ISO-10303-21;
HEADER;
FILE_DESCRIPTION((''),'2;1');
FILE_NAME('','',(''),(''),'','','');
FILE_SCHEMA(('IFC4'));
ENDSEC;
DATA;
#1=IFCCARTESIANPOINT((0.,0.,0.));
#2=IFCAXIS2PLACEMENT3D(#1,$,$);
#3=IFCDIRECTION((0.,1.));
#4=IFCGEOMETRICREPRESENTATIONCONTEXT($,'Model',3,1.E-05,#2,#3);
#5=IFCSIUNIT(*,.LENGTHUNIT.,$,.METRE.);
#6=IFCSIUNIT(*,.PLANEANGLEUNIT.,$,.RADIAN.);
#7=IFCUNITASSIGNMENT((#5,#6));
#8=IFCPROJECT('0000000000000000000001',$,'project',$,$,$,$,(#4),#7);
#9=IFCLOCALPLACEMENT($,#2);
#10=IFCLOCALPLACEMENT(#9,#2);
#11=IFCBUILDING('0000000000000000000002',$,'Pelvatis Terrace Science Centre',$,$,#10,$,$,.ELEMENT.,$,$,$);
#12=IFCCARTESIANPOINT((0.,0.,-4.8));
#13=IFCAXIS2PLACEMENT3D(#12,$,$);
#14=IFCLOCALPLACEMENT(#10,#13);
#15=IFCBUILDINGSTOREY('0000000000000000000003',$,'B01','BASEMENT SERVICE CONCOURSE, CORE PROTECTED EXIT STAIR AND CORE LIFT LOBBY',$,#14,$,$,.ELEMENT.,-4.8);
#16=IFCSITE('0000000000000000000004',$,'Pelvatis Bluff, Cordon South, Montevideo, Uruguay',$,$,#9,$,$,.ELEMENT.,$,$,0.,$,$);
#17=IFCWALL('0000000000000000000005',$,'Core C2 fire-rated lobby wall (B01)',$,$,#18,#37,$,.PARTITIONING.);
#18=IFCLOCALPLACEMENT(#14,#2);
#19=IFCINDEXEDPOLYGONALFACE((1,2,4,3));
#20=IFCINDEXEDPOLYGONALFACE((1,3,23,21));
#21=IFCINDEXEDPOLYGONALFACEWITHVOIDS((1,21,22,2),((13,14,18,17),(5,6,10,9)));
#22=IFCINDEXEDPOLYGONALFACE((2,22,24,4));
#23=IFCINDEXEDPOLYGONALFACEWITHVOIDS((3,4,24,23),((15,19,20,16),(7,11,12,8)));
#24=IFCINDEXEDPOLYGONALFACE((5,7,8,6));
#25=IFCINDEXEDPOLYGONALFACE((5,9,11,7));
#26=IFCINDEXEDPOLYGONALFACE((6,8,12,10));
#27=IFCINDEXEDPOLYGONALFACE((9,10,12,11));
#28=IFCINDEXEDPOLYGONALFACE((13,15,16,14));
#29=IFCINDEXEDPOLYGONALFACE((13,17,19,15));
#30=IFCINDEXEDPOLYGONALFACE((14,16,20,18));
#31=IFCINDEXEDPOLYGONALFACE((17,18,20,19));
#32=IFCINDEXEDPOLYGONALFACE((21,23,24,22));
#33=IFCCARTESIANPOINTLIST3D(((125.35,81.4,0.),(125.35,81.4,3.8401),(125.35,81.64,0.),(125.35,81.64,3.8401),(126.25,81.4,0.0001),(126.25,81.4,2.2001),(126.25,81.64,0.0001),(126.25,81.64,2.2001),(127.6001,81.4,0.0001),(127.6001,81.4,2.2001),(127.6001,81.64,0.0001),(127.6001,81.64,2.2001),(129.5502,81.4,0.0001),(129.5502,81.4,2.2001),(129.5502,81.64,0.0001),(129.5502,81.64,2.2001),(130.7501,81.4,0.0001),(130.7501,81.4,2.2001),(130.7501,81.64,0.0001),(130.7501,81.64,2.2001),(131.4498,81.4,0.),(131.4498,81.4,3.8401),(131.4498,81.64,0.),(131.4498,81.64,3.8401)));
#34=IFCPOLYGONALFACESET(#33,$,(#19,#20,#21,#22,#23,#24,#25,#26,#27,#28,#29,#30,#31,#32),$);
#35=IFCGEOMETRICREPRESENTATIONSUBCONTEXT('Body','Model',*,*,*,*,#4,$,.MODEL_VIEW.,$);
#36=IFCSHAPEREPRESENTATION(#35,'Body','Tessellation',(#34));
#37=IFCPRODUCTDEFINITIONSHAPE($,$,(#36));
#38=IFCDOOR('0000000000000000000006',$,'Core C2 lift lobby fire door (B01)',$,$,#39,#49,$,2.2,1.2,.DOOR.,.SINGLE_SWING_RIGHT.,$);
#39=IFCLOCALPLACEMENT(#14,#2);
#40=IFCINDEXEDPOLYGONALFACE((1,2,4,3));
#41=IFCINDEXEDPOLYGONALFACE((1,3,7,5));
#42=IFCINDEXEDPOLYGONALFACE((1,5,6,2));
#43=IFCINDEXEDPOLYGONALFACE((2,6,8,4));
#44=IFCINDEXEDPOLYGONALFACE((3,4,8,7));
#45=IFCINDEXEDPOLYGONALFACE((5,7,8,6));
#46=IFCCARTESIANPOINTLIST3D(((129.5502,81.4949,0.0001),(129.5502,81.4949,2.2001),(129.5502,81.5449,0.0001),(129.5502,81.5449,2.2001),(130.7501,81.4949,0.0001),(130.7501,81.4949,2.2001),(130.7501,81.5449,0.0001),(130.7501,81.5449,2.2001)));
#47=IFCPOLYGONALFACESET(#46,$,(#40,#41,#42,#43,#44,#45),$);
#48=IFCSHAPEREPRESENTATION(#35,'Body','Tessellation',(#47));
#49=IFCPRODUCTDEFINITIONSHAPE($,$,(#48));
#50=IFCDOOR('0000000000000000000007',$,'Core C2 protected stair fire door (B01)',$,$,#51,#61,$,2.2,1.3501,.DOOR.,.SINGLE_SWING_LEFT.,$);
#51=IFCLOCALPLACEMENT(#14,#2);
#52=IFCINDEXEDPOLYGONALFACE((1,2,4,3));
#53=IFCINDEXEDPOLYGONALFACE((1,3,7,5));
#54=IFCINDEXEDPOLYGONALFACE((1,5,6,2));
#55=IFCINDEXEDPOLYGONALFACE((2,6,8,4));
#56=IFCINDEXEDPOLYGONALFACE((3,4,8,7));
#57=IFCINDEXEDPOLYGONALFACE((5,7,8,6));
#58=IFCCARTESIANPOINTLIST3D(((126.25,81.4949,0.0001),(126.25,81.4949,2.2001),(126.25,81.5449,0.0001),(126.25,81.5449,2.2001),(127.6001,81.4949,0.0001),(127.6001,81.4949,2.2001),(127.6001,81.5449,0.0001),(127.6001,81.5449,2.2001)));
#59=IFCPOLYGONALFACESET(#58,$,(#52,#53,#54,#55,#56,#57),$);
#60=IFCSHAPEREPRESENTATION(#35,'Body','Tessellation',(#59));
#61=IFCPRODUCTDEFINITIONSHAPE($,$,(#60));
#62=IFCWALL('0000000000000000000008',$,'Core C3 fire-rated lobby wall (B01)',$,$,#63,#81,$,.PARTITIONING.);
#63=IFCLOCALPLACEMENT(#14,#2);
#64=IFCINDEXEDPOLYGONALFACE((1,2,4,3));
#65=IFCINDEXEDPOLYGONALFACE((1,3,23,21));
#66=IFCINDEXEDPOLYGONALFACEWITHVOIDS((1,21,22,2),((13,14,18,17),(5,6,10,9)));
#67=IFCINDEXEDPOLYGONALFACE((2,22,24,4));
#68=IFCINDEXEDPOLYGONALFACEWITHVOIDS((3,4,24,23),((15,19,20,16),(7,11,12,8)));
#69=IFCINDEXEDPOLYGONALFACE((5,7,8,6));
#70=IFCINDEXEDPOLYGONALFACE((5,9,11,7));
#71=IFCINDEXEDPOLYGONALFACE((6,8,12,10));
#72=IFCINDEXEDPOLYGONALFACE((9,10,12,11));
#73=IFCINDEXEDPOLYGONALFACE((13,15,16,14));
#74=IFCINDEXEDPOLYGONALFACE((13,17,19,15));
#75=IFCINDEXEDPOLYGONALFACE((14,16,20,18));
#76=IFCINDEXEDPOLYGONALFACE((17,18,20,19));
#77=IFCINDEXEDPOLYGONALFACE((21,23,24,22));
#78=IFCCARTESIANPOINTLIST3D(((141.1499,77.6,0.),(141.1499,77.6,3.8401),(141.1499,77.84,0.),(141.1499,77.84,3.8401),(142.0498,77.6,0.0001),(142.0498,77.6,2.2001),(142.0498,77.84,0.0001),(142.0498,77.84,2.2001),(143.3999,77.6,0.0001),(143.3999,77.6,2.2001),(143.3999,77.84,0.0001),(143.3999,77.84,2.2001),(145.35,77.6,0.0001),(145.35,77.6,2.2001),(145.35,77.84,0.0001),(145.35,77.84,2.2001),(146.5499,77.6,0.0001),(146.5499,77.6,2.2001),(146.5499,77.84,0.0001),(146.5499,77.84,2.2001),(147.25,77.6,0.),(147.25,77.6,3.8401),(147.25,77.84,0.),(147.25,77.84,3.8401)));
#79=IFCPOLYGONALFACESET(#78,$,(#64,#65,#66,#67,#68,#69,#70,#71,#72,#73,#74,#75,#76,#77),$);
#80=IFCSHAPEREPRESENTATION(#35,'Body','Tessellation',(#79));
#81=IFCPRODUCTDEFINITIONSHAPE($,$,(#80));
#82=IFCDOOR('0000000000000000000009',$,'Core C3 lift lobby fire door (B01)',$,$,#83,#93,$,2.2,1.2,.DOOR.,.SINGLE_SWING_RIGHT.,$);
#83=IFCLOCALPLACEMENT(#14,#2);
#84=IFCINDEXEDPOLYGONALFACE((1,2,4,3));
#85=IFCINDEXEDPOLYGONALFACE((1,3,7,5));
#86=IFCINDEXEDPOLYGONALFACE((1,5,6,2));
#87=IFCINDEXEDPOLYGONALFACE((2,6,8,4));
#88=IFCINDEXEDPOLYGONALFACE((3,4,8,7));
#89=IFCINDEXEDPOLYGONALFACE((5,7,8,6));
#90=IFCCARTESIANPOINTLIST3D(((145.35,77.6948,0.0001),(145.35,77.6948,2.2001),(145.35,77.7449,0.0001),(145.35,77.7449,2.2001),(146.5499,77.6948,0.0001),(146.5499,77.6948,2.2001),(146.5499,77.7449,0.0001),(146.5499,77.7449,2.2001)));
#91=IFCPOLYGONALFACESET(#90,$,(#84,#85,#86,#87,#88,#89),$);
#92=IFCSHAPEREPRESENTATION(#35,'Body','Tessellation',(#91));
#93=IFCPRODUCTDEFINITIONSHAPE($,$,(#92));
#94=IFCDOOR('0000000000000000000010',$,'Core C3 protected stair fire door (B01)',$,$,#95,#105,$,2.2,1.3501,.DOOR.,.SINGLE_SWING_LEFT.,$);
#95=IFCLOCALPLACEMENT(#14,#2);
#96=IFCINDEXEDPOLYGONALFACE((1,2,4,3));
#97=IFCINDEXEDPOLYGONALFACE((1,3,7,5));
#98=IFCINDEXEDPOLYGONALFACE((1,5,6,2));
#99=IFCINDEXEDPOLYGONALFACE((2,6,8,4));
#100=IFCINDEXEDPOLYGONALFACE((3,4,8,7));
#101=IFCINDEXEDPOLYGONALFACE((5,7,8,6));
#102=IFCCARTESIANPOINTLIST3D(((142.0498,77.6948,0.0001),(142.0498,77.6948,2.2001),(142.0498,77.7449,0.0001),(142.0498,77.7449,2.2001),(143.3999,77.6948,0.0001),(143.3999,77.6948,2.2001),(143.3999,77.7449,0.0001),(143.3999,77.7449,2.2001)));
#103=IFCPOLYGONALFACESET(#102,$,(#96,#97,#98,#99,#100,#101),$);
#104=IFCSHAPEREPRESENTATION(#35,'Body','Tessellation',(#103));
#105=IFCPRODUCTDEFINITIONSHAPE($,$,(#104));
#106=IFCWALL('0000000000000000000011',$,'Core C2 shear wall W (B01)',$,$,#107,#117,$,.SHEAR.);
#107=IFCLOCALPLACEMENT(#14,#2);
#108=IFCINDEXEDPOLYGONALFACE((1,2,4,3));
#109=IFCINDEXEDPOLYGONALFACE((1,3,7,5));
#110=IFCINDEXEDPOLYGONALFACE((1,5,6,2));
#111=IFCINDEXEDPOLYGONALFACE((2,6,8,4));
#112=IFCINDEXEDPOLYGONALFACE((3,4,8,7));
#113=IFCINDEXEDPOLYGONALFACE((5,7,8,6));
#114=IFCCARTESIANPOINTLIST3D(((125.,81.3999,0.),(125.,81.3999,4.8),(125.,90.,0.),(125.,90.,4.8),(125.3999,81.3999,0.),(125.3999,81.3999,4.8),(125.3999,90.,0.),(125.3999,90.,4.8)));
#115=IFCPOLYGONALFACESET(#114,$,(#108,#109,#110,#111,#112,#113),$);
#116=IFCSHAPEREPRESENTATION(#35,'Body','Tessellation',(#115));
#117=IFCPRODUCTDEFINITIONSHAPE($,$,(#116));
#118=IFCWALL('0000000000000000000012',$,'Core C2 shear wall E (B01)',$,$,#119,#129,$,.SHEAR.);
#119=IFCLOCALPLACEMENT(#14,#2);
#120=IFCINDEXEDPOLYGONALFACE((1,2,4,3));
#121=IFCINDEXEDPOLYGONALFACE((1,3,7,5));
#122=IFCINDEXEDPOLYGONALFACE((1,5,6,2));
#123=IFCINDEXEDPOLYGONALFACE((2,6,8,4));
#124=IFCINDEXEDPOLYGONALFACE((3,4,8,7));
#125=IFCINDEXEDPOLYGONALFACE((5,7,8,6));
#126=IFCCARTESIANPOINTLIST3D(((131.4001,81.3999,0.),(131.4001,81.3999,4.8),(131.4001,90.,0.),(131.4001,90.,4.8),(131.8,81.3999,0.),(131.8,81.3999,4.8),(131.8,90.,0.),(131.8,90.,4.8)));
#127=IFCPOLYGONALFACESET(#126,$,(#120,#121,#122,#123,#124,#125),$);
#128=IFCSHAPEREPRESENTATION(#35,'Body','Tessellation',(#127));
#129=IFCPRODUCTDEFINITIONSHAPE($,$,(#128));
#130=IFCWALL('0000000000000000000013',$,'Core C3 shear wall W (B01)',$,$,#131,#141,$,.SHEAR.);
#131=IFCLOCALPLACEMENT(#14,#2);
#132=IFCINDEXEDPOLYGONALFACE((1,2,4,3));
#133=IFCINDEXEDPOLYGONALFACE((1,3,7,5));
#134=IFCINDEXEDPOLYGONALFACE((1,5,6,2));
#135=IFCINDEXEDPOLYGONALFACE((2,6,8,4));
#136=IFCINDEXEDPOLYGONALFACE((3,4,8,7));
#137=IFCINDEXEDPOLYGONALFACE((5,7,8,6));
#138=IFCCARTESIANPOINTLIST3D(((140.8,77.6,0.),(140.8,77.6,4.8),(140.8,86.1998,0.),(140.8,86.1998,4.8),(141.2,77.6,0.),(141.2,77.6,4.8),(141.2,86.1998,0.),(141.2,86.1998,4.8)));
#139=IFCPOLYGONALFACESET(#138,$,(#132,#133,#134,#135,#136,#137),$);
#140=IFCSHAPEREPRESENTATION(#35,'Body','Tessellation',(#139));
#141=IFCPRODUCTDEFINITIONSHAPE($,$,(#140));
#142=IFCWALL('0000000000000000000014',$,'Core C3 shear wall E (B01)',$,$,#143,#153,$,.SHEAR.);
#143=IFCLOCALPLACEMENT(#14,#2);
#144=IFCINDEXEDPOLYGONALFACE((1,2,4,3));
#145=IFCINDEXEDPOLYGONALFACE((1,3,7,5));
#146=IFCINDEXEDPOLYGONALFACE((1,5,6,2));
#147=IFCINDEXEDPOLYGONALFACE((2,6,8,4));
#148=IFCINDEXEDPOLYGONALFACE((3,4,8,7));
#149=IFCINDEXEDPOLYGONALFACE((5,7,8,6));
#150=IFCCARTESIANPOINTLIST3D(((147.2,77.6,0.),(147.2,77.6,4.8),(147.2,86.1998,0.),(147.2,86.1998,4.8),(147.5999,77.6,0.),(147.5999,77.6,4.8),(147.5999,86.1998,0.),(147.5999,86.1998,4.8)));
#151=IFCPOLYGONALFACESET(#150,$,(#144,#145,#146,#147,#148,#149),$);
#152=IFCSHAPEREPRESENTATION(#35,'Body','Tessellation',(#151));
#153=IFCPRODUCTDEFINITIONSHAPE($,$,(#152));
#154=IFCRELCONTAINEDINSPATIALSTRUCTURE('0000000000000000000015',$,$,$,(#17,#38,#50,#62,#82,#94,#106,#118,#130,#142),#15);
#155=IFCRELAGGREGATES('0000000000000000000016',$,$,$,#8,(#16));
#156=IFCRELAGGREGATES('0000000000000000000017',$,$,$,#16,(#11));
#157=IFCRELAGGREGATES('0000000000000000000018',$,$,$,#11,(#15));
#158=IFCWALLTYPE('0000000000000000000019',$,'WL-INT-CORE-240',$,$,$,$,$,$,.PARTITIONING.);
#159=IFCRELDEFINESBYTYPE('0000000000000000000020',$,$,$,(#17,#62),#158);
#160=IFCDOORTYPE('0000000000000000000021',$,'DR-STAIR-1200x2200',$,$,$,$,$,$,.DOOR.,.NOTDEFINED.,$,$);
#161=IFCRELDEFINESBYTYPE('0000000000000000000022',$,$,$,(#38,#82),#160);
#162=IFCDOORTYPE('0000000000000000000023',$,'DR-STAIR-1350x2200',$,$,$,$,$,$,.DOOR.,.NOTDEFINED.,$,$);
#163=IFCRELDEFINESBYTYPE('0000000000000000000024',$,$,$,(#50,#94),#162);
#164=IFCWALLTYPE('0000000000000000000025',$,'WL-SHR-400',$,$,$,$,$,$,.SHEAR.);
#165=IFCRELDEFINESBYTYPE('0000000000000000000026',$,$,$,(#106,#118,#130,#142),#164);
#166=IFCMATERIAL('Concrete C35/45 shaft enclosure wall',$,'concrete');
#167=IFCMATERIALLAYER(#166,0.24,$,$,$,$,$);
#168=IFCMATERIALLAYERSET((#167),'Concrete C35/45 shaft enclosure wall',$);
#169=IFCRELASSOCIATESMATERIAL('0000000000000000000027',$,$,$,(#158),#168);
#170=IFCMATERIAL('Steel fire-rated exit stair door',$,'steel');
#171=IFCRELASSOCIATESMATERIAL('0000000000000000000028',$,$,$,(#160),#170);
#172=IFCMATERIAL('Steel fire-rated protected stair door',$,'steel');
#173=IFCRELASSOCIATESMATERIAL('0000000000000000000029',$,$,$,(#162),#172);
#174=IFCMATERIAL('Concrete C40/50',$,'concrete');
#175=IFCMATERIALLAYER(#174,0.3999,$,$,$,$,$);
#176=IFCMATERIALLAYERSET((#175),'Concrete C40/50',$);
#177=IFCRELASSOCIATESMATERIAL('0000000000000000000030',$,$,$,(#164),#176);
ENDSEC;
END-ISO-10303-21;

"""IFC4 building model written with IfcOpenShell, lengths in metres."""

from ifc_helpers import new_model, si_unit, direction, frame, frame_2d, origin, place, context, subcontext, project, spatial, rectangle, extrude, material, layer, layer_set, type_object, element, fill, save


model = new_model("IFC4")

# Units and contexts
model_context = context("Model", 3, precision=1e-05, world=origin(), true_north=direction((0.0, 1.0)))
body_context = subcontext(model_context, "Body", "Model", "MODEL_VIEW")
ifc_project = project(units=[si_unit("LENGTHUNIT", "METRE"), si_unit("PLANEANGLEUNIT", "RADIAN")], contexts=[model_context])

# Site, building, storey
site_placement = place(None, origin())
site = spatial("IfcSite", under=ifc_project, at=site_placement, Name="Pelvatis Bluff, Cordon South, Montevideo, Uruguay", CompositionType="ELEMENT", RefElevation=0.0)
building_placement = place(site_placement, origin())
building = spatial("IfcBuilding", under=site, at=building_placement, Name="Pelvatis Terrace Science Centre", CompositionType="ELEMENT")
storey_placement = place(building_placement, frame((0.0, 0.0, -4.8)))
storey = spatial("IfcBuildingStorey", under=building, at=storey_placement, Name="B01", Description="BASEMENT SERVICE CONCOURSE, CORE PROTECTED EXIT STAIR AND CORE LIFT LOBBY", CompositionType="ELEMENT", Elevation=-4.8)

# Walls, openings, doors
ifc_material_1 = material(Name="Concrete C35/45 shaft enclosure wall", Category="concrete")
ifc_layer_1 = layer(ifc_material_1, 0.24)
ifc_layer_set_1 = layer_set([ifc_layer_1], Name="Concrete C35/45 shaft enclosure wall")
wall_type_1 = type_object("IfcWallType", Name="WL-INT-CORE-240", PredefinedType="PARTITIONING", material=ifc_layer_set_1)
wall_1_placement = place(storey_placement, frame((125.3501, 81.52, 0.0), z_axis=(0.0, 0.0, 1.0), x_axis=(1.0, 0.0, 0.0)))
wall_1 = element("IfcWall", 1, at=wall_1_placement, inside=storey, type_object=wall_type_1, Name="Core C2 fire-rated lobby wall (B01)", PredefinedType="PARTITIONING", context=body_context, shape_type="SweptSolid", body=[
    extrude(rectangle(XDim=6.0999, YDim=0.24, at=frame_2d((3.0498, 0.0))), origin(), (0.0, 0.0, 1.0), 3.8401),
])
opening_1_placement = place(wall_1_placement, frame((0.8999, 0.0, 0.0)))
opening_1 = element("IfcOpeningElement", 2, at=opening_1_placement, cuts=wall_1, PredefinedType="OPENING", context=body_context, shape_type="SweptSolid", body=[
    extrude(rectangle(XDim=1.3501, YDim=2.2, at=frame_2d((0.675, 1.1001))), frame((0.0, 0.1299, 0.0), z_axis=(0.0, -1.0, 0.0), x_axis=(1.0, 0.0, 0.0)), (0.0, 0.0, 1.0), 0.26),
])
opening_2_placement = place(wall_1_placement, frame((4.2, 0.0, 0.0)))
opening_2 = element("IfcOpeningElement", 3, at=opening_2_placement, cuts=wall_1, PredefinedType="OPENING", context=body_context, shape_type="SweptSolid", body=[
    extrude(rectangle(XDim=1.2, YDim=2.2, at=frame_2d((0.6001, 1.1001))), frame((0.0, 0.1299, 0.0), z_axis=(0.0, -1.0, 0.0), x_axis=(1.0, 0.0, 0.0)), (0.0, 0.0, 1.0), 0.26),
])
ifc_material_2 = material(Name="Steel fire-rated exit stair door", Category="steel")
door_type_1 = type_object("IfcDoorType", Name="DR-STAIR-1200x2200", OperationType="NOTDEFINED", PredefinedType="DOOR", material=ifc_material_2)
door_1_placement = place(opening_2_placement, origin())
door_1 = element("IfcDoor", 4, at=door_1_placement, inside=storey, type_object=door_type_1, Name="Core C2 lift lobby fire door (B01)", OperationType="SINGLE_SWING_RIGHT", OverallHeight=2.2, OverallWidth=1.2, PredefinedType="DOOR", context=body_context, shape_type="SweptSolid", body=[
    extrude(rectangle(XDim=1.2, YDim=2.2, at=frame_2d((0.6001, 1.1001))), frame((0.0, 0.0249, 0.0), z_axis=(0.0, -1.0, 0.0), x_axis=(1.0, 0.0, 0.0)), (0.0, 0.0, 1.0), 0.05),
])
fill(opening_2, door_1)
ifc_material_3 = material(Name="Steel fire-rated protected stair door", Category="steel")
door_type_2 = type_object("IfcDoorType", Name="DR-STAIR-1350x2200", OperationType="NOTDEFINED", PredefinedType="DOOR", material=ifc_material_3)
door_2_placement = place(opening_1_placement, origin())
door_2 = element("IfcDoor", 5, at=door_2_placement, inside=storey, type_object=door_type_2, Name="Core C2 protected stair fire door (B01)", OperationType="SINGLE_SWING_LEFT", OverallHeight=2.2, OverallWidth=1.3501, PredefinedType="DOOR", context=body_context, shape_type="SweptSolid", body=[
    extrude(rectangle(XDim=1.3501, YDim=2.2, at=frame_2d((0.675, 1.1001))), frame((0.0, 0.0249, 0.0), z_axis=(0.0, -1.0, 0.0), x_axis=(1.0, 0.0, 0.0)), (0.0, 0.0, 1.0), 0.05),
])
fill(opening_1, door_2)
wall_2_placement = place(storey_placement, frame((141.1499, 77.72, 0.0), z_axis=(0.0, 0.0, 1.0), x_axis=(1.0, 0.0, 0.0)))
wall_2 = element("IfcWall", 6, at=wall_2_placement, inside=storey, type_object=wall_type_1, Name="Core C3 fire-rated lobby wall (B01)", PredefinedType="PARTITIONING", context=body_context, shape_type="SweptSolid", body=[
    extrude(rectangle(XDim=6.1001, YDim=0.24, at=frame_2d((3.05, 0.0))), origin(), (0.0, 0.0, 1.0), 3.8401),
])
opening_3_placement = place(wall_2_placement, frame((0.8999, 0.0, 0.0)))
opening_3 = element("IfcOpeningElement", 7, at=opening_3_placement, cuts=wall_2, PredefinedType="OPENING", context=body_context, shape_type="SweptSolid", body=[
    extrude(rectangle(XDim=1.3501, YDim=2.2, at=frame_2d((0.675, 1.1001))), frame((0.0, 0.1299, 0.0), z_axis=(0.0, -1.0, 0.0), x_axis=(1.0, 0.0, 0.0)), (0.0, 0.0, 1.0), 0.26),
])
opening_4_placement = place(wall_2_placement, frame((4.2, 0.0, 0.0)))
opening_4 = element("IfcOpeningElement", 8, at=opening_4_placement, cuts=wall_2, PredefinedType="OPENING", context=body_context, shape_type="SweptSolid", body=[
    extrude(rectangle(XDim=1.2, YDim=2.2, at=frame_2d((0.6001, 1.1001))), frame((0.0, 0.1299, 0.0), z_axis=(0.0, -1.0, 0.0), x_axis=(1.0, 0.0, 0.0)), (0.0, 0.0, 1.0), 0.26),
])
door_3_placement = place(opening_4_placement, origin())
door_3 = element("IfcDoor", 9, at=door_3_placement, inside=storey, type_object=door_type_1, Name="Core C3 lift lobby fire door (B01)", OperationType="SINGLE_SWING_RIGHT", OverallHeight=2.2, OverallWidth=1.2, PredefinedType="DOOR", context=body_context, shape_type="SweptSolid", body=[
    extrude(rectangle(XDim=1.2, YDim=2.2, at=frame_2d((0.6001, 1.1001))), frame((0.0, 0.0249, 0.0), z_axis=(0.0, -1.0, 0.0), x_axis=(1.0, 0.0, 0.0)), (0.0, 0.0, 1.0), 0.05),
])
fill(opening_4, door_3)
door_4_placement = place(opening_3_placement, origin())
door_4 = element("IfcDoor", 10, at=door_4_placement, inside=storey, type_object=door_type_2, Name="Core C3 protected stair fire door (B01)", OperationType="SINGLE_SWING_LEFT", OverallHeight=2.2, OverallWidth=1.3501, PredefinedType="DOOR", context=body_context, shape_type="SweptSolid", body=[
    extrude(rectangle(XDim=1.3501, YDim=2.2, at=frame_2d((0.675, 1.1001))), frame((0.0, 0.0249, 0.0), z_axis=(0.0, -1.0, 0.0), x_axis=(1.0, 0.0, 0.0)), (0.0, 0.0, 1.0), 0.05),
])
fill(opening_3, door_4)

# Walls
ifc_material_4 = material(Name="Concrete C40/50", Category="concrete")
ifc_layer_2 = layer(ifc_material_4, 0.3999)
ifc_layer_set_2 = layer_set([ifc_layer_2], Name="Concrete C40/50")
wall_type_2 = type_object("IfcWallType", Name="WL-SHR-400", PredefinedType="SHEAR", material=ifc_layer_set_2)
for number, where, z_axis, x_axis, name in (
    (11, (125.2, 81.3999, 0.0), (0.0, 0.0, 1.0), (0.0, 1.0, 0.0), "Core C2 shear wall W (B01)"),
    (12, (131.6001, 81.3999, 0.0), (0.0, 0.0, 1.0), (0.0, 1.0, 0.0), "Core C2 shear wall E (B01)"),
):
    element("IfcWall", number, at=place(storey_placement, frame(where, z_axis=z_axis, x_axis=x_axis)), inside=storey, type_object=wall_type_2, Name=name, PredefinedType="SHEAR", context=body_context, shape_type="SweptSolid", body=[
        extrude(rectangle(XDim=8.6001, YDim=0.3999, at=frame_2d((4.3, 0.0))), origin(), (0.0, 0.0, 1.0), 4.8),
    ])
for number, where, z_axis, x_axis, name in (
    (13, (141.0, 77.6001, 0.0), (0.0, 0.0, 1.0), (0.0, 1.0, 0.0), "Core C3 shear wall W (B01)"),
    (14, (147.3999, 77.6001, 0.0), (0.0, 0.0, 1.0), (0.0, 1.0, 0.0), "Core C3 shear wall E (B01)"),
):
    element("IfcWall", number, at=place(storey_placement, frame(where, z_axis=z_axis, x_axis=x_axis)), inside=storey, type_object=wall_type_2, Name=name, PredefinedType="SHEAR", context=body_context, shape_type="SweptSolid", body=[
        extrude(rectangle(XDim=8.5999, YDim=0.3999, at=frame_2d((4.2998, 0.0))), origin(), (0.0, 0.0, 1.0), 4.8),
    ])

save(model, "model.ifc")
